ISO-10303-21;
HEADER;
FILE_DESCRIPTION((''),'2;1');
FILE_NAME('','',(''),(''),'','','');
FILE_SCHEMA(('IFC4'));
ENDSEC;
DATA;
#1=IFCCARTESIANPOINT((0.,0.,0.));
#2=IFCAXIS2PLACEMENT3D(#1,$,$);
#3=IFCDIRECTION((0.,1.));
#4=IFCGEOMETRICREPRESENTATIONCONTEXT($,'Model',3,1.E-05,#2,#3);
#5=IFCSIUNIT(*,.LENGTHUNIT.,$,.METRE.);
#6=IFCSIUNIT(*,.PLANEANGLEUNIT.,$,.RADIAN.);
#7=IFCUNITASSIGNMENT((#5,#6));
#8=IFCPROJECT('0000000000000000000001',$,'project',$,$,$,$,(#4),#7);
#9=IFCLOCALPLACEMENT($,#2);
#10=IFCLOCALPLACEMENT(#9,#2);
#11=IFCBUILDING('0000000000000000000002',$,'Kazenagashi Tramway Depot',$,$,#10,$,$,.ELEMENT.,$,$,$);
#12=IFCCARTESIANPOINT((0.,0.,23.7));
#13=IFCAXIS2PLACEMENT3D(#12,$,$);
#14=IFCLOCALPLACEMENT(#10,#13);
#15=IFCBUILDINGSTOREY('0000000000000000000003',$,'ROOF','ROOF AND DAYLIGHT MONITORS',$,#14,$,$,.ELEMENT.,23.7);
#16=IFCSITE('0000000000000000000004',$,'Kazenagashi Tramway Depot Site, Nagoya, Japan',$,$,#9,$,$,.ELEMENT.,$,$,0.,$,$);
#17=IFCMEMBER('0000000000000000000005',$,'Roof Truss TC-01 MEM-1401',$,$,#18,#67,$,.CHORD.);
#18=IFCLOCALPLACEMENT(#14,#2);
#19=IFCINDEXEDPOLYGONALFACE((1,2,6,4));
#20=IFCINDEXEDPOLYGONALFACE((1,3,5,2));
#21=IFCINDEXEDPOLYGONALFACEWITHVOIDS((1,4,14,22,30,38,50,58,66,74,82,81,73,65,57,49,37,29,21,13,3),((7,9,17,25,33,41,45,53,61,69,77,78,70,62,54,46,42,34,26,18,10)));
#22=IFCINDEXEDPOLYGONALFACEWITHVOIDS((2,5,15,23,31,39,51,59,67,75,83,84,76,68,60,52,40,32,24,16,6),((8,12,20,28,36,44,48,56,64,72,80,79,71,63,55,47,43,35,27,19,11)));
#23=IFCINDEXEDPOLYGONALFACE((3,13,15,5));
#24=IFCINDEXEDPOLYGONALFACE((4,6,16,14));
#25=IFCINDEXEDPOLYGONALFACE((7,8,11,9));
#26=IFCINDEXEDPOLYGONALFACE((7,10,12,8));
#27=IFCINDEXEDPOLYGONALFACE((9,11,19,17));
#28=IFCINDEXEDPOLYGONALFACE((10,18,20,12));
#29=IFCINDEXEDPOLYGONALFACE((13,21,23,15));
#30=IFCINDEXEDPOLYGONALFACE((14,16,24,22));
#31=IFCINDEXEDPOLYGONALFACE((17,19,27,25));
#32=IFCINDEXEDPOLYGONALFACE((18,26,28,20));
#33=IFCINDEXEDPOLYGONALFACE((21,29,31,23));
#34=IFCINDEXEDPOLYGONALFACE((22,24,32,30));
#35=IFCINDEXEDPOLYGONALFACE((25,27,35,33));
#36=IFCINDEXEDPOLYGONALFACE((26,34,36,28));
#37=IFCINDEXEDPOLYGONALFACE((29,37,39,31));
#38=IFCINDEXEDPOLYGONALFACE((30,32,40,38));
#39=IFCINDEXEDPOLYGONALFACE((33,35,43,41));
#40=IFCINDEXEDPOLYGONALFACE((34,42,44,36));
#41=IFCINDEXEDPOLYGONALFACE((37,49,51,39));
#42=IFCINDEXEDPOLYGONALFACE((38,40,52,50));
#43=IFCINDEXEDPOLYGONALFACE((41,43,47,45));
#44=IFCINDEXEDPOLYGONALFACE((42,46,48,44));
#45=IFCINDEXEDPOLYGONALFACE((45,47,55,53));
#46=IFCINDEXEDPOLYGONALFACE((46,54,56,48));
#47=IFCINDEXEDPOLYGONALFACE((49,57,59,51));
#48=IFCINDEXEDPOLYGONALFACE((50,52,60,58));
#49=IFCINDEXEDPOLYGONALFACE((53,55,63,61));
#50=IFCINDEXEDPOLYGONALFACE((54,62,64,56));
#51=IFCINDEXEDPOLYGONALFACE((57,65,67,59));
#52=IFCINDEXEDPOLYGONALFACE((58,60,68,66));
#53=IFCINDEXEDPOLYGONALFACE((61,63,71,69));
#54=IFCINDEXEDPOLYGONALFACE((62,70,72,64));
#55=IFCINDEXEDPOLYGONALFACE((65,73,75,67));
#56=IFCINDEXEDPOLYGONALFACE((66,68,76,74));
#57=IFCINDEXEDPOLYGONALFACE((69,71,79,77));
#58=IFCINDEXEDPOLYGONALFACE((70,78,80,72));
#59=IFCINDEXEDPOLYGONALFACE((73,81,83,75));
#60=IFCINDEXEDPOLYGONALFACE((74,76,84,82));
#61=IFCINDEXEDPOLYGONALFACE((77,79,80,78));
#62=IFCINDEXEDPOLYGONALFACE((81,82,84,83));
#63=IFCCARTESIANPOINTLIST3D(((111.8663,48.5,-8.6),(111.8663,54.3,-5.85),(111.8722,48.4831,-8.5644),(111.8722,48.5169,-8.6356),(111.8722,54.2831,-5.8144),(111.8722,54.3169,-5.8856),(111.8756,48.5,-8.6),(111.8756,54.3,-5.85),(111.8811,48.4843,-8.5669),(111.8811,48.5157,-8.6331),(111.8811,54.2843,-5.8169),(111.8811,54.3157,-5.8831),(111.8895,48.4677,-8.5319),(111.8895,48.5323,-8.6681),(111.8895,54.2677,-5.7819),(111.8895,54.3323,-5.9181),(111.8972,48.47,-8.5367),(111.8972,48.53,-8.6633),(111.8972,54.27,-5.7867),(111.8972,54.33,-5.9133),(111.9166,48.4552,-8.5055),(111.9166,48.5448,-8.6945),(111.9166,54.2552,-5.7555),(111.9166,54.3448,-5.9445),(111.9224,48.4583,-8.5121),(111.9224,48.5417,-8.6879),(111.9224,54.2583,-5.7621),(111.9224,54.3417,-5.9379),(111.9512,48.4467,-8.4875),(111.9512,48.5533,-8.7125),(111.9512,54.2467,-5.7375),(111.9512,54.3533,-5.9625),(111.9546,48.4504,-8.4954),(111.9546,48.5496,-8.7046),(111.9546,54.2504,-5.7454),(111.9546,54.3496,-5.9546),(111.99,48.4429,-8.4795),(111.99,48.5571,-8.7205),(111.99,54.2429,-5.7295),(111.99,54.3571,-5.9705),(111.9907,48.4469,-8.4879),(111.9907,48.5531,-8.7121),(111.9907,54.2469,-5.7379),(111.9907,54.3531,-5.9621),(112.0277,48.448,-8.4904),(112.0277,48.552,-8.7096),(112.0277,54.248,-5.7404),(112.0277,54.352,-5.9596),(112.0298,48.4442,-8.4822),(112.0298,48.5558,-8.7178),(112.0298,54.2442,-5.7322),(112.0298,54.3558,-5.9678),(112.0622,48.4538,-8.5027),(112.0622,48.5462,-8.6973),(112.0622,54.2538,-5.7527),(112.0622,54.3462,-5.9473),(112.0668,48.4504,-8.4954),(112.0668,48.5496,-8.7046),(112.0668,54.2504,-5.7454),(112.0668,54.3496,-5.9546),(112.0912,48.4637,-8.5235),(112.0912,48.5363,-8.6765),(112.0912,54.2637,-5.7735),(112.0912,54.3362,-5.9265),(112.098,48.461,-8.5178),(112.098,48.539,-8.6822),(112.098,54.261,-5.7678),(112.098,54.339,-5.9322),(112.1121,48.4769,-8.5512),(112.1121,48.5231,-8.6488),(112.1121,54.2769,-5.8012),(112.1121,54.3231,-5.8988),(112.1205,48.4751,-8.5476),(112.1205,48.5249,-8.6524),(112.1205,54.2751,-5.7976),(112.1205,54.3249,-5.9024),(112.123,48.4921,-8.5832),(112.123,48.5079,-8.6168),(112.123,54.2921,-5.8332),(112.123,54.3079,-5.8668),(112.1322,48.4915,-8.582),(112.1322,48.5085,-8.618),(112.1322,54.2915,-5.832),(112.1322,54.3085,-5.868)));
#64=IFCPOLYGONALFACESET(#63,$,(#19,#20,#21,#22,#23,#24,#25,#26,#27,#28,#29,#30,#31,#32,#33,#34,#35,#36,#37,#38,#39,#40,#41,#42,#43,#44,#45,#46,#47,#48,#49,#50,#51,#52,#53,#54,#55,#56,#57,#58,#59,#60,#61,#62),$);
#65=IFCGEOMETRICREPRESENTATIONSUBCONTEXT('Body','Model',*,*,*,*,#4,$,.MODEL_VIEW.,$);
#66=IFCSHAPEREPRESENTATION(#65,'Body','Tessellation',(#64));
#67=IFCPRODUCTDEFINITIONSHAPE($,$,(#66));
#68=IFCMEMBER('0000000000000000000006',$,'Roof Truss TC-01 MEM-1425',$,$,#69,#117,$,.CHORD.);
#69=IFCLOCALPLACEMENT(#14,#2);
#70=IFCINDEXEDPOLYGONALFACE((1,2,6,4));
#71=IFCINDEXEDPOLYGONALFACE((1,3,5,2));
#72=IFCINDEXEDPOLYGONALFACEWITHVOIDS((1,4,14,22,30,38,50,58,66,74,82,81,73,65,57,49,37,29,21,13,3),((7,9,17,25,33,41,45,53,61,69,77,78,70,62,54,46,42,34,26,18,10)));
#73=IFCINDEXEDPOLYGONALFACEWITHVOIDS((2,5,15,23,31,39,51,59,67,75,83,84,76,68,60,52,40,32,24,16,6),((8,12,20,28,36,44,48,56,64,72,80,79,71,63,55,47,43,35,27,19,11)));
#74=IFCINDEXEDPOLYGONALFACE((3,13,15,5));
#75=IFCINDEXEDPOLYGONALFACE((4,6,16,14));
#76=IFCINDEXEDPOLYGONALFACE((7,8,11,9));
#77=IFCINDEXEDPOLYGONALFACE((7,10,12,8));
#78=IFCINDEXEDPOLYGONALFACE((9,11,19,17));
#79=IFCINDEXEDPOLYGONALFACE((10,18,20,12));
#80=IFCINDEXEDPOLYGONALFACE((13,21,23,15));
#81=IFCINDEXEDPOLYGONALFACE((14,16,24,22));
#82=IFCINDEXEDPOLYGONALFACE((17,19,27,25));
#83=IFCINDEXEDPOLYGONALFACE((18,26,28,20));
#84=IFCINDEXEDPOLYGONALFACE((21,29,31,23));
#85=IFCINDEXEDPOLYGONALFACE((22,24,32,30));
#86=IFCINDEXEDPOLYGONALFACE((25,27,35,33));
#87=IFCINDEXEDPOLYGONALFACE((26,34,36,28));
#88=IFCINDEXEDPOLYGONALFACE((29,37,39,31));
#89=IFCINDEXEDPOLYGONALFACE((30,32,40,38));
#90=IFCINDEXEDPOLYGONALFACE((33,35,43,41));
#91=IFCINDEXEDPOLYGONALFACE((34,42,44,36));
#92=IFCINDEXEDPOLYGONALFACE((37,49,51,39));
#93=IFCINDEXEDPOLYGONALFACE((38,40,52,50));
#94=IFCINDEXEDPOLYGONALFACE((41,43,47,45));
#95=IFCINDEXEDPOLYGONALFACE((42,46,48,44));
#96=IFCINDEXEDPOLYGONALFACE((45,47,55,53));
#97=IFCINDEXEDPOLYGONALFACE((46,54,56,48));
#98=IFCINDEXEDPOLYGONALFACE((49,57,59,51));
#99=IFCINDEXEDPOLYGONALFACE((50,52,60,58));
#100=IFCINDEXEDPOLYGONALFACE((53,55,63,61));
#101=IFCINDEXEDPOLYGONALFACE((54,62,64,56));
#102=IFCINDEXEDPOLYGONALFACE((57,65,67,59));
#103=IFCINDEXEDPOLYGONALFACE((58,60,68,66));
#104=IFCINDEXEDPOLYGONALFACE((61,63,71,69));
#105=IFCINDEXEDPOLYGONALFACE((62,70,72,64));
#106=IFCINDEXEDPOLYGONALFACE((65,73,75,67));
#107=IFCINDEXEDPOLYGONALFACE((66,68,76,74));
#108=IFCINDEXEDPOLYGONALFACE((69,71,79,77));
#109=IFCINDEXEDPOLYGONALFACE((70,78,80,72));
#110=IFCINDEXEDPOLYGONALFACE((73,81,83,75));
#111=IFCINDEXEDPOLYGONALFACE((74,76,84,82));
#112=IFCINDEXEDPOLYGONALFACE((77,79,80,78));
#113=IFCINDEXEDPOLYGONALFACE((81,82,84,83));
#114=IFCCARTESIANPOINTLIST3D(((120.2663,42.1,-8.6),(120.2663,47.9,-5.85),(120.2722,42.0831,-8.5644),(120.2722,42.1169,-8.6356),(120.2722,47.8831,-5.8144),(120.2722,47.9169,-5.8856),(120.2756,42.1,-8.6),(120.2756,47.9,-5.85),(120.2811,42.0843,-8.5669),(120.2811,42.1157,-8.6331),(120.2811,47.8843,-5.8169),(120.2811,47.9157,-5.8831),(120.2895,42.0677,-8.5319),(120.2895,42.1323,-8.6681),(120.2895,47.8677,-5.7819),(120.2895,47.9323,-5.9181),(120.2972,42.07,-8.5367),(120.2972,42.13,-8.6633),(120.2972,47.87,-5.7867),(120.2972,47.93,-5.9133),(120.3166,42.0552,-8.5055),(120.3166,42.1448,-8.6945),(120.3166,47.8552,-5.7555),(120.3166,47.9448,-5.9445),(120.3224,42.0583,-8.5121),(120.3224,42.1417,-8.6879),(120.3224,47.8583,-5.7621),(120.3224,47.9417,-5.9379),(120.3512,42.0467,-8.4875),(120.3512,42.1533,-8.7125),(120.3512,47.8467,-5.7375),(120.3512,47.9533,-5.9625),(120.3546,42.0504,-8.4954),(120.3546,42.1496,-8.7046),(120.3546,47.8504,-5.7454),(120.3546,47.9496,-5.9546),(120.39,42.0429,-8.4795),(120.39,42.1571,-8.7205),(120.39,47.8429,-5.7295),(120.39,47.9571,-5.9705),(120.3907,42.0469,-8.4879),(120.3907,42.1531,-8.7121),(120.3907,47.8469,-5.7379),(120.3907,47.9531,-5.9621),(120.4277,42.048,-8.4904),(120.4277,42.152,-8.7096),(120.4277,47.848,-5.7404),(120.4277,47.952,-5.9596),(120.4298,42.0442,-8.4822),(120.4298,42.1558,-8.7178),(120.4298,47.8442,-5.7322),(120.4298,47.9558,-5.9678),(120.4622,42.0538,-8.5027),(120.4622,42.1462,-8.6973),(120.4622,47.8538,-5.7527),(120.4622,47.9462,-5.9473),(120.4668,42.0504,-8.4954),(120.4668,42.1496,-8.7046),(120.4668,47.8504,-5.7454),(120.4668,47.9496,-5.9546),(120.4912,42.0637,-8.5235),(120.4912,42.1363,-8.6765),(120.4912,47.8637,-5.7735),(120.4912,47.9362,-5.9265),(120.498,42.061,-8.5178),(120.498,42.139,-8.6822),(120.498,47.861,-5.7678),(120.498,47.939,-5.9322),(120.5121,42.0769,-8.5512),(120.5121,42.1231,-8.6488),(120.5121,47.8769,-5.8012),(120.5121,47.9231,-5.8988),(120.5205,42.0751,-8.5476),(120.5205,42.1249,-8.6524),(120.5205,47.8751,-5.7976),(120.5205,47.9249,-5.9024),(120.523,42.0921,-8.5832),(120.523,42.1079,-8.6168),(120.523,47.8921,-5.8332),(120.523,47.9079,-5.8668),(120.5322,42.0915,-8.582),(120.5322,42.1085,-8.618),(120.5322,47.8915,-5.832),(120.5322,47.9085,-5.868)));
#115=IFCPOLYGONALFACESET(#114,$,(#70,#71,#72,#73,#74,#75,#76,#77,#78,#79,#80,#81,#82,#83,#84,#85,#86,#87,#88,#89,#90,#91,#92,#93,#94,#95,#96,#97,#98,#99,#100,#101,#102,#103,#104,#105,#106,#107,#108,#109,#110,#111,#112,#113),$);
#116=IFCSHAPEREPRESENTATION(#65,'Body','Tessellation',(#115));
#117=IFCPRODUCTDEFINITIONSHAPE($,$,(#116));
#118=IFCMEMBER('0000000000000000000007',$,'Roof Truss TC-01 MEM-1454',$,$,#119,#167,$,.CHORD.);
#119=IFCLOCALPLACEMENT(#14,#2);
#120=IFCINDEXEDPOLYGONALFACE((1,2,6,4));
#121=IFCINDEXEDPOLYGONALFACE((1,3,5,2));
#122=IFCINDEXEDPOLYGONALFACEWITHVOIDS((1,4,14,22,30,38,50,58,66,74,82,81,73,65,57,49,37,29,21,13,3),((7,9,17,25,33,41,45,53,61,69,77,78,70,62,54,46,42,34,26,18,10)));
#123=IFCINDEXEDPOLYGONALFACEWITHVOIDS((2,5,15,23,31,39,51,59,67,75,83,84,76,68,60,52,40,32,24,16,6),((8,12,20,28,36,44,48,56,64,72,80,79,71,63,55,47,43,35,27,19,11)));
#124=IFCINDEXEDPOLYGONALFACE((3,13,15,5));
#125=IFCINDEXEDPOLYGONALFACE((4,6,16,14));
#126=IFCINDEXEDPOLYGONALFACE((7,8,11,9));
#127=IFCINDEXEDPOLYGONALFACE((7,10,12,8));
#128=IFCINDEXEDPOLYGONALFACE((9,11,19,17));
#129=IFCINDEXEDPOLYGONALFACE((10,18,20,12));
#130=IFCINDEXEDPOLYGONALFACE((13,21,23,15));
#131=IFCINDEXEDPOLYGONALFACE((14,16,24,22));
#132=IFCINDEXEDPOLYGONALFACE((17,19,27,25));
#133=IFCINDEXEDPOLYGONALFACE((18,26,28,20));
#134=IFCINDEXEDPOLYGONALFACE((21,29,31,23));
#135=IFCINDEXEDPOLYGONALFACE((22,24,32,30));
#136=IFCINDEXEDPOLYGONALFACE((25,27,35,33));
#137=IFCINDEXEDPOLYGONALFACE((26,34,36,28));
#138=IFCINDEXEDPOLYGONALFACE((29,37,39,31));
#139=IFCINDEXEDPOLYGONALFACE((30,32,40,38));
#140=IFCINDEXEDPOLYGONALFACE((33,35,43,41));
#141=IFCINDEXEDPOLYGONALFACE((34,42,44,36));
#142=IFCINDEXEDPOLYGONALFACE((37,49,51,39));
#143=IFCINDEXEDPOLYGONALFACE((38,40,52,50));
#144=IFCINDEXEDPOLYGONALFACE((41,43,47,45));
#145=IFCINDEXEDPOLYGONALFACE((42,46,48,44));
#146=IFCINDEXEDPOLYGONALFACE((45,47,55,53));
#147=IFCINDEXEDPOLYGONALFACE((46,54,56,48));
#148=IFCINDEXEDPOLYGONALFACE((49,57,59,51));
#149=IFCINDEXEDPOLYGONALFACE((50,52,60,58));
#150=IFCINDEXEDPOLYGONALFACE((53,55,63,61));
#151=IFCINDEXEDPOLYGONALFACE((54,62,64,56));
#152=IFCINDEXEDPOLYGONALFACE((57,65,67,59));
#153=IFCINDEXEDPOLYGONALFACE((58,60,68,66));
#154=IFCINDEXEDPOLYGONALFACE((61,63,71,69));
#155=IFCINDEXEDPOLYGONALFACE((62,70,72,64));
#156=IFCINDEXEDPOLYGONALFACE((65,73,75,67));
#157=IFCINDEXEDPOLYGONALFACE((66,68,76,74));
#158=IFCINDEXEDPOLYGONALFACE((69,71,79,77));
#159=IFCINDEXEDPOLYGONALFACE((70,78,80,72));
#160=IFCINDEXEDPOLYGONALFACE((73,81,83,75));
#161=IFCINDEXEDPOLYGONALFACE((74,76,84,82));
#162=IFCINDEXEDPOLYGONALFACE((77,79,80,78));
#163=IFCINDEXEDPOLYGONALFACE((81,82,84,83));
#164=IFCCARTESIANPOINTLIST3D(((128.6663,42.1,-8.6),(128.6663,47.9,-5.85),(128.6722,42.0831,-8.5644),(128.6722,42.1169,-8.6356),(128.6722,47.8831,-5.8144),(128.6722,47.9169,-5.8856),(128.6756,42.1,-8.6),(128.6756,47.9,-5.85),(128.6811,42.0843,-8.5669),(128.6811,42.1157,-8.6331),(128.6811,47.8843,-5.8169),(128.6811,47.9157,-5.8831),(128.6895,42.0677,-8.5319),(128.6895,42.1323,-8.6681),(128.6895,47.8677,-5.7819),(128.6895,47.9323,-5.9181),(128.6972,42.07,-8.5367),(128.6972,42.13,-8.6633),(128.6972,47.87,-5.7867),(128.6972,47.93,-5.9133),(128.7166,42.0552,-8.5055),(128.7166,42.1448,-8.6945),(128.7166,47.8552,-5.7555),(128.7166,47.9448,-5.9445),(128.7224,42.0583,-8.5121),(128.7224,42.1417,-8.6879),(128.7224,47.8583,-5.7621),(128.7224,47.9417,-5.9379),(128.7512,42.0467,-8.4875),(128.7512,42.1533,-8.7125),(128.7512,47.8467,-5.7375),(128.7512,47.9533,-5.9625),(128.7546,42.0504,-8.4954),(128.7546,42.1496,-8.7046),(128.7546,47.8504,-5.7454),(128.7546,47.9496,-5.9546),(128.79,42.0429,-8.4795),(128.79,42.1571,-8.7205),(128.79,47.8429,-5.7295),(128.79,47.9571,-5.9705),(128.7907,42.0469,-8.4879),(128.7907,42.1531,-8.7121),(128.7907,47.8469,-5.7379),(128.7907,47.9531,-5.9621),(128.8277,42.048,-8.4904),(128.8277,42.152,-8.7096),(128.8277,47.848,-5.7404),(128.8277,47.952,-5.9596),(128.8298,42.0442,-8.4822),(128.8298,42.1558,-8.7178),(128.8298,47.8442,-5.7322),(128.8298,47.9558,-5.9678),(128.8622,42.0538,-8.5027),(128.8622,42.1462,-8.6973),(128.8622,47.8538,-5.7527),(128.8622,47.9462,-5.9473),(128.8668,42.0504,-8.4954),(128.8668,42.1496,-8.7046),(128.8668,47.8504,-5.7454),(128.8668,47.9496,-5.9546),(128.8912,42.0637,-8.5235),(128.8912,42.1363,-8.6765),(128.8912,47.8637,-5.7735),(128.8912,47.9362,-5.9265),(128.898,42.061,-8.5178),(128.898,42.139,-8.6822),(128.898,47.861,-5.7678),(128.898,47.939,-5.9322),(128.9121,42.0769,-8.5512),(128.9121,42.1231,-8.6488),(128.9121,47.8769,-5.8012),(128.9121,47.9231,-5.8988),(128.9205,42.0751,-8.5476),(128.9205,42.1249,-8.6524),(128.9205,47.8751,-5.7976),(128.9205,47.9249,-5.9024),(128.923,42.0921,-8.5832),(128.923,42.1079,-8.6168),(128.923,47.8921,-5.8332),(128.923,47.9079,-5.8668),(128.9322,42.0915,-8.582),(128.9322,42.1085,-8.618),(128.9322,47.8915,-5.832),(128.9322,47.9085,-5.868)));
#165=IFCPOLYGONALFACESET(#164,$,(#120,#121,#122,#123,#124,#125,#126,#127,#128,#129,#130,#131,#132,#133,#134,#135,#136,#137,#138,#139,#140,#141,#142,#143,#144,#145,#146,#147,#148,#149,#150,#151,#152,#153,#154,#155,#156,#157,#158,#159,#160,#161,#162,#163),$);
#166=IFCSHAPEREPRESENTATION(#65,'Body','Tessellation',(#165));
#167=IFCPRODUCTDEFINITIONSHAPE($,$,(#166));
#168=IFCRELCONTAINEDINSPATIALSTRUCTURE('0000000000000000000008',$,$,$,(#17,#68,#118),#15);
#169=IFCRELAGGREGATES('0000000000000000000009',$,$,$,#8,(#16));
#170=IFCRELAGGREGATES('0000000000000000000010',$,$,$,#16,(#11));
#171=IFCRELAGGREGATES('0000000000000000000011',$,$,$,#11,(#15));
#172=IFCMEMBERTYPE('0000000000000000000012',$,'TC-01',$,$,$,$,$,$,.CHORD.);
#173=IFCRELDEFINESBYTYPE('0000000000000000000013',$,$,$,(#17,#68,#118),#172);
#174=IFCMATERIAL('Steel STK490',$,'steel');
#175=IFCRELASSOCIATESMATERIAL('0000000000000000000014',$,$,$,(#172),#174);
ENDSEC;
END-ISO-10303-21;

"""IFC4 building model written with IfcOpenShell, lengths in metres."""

from ifc_helpers import new_model, si_unit, direction, frame, origin, origin_2d, place, context, subcontext, project, spatial, hollow_circle, extrude, material, material_profile, profile_set, type_object, element, save


model = new_model("IFC4")

# Units and contexts
model_context = context("Model", 3, precision=1e-05, world=origin(), true_north=direction((0.0, 1.0)))
body_context = subcontext(model_context, "Body", "Model", "MODEL_VIEW")
ifc_project = project(units=[si_unit("LENGTHUNIT", "METRE"), si_unit("PLANEANGLEUNIT", "RADIAN")], contexts=[model_context])

# Site, building, storey
site_placement = place(None, origin())
site = spatial("IfcSite", under=ifc_project, at=site_placement, Name="Kazenagashi Tramway Depot Site, Nagoya, Japan", CompositionType="ELEMENT", RefElevation=0.0)
building_placement = place(site_placement, origin())
building = spatial("IfcBuilding", under=site, at=building_placement, Name="Kazenagashi Tramway Depot", CompositionType="ELEMENT")
storey_placement = place(building_placement, frame((0.0, 0.0, 23.7)))
storey = spatial("IfcBuildingStorey", under=building, at=storey_placement, Name="ROOF", Description="ROOF AND DAYLIGHT MONITORS", CompositionType="ELEMENT", Elevation=23.7)

# Members
ifc_material_1 = material(Name="Steel STK490", Category="steel")
ifc_material_profile_1 = material_profile(ifc_material_1, hollow_circle(Radius=0.1337, WallThickness=0.0093, at=origin_2d()), Name="CHS-267.4x9.3")
ifc_profile_set_1 = profile_set([ifc_material_profile_1], Name="Steel STK490")
member_type_1 = type_object("IfcMemberType", Name="TC-01", PredefinedType="CHORD", material=ifc_profile_set_1)
for number, where, z_axis, x_axis, name in (
    (1, (112.0, 48.5, -8.6), (0.0, 0.903579, 0.428421), (-1.0, 0.0, 0.0), "Roof Truss TC-01 MEM-1401"),
    (2, (120.4, 42.1, -8.6), (0.0, 0.903579, 0.428421), (-1.0, 0.0, 0.0), "Roof Truss TC-01 MEM-1425"),
    (3, (128.8, 42.1, -8.6), (0.0, 0.903579, 0.428421), (-1.0, 0.0, 0.0), "Roof Truss TC-01 MEM-1454"),
):
    element("IfcMember", number, at=place(storey_placement, frame(where, z_axis=z_axis, x_axis=x_axis)), inside=storey, type_object=member_type_1, Name=name, PredefinedType="CHORD", context=body_context, shape_type="SweptSolid", body=[
        extrude(hollow_circle(Radius=0.1337, WallThickness=0.0093, at=origin_2d()), origin(), (0.0, 0.0, 1.0), 6.4189),
    ])

save(model, "model.ifc")
